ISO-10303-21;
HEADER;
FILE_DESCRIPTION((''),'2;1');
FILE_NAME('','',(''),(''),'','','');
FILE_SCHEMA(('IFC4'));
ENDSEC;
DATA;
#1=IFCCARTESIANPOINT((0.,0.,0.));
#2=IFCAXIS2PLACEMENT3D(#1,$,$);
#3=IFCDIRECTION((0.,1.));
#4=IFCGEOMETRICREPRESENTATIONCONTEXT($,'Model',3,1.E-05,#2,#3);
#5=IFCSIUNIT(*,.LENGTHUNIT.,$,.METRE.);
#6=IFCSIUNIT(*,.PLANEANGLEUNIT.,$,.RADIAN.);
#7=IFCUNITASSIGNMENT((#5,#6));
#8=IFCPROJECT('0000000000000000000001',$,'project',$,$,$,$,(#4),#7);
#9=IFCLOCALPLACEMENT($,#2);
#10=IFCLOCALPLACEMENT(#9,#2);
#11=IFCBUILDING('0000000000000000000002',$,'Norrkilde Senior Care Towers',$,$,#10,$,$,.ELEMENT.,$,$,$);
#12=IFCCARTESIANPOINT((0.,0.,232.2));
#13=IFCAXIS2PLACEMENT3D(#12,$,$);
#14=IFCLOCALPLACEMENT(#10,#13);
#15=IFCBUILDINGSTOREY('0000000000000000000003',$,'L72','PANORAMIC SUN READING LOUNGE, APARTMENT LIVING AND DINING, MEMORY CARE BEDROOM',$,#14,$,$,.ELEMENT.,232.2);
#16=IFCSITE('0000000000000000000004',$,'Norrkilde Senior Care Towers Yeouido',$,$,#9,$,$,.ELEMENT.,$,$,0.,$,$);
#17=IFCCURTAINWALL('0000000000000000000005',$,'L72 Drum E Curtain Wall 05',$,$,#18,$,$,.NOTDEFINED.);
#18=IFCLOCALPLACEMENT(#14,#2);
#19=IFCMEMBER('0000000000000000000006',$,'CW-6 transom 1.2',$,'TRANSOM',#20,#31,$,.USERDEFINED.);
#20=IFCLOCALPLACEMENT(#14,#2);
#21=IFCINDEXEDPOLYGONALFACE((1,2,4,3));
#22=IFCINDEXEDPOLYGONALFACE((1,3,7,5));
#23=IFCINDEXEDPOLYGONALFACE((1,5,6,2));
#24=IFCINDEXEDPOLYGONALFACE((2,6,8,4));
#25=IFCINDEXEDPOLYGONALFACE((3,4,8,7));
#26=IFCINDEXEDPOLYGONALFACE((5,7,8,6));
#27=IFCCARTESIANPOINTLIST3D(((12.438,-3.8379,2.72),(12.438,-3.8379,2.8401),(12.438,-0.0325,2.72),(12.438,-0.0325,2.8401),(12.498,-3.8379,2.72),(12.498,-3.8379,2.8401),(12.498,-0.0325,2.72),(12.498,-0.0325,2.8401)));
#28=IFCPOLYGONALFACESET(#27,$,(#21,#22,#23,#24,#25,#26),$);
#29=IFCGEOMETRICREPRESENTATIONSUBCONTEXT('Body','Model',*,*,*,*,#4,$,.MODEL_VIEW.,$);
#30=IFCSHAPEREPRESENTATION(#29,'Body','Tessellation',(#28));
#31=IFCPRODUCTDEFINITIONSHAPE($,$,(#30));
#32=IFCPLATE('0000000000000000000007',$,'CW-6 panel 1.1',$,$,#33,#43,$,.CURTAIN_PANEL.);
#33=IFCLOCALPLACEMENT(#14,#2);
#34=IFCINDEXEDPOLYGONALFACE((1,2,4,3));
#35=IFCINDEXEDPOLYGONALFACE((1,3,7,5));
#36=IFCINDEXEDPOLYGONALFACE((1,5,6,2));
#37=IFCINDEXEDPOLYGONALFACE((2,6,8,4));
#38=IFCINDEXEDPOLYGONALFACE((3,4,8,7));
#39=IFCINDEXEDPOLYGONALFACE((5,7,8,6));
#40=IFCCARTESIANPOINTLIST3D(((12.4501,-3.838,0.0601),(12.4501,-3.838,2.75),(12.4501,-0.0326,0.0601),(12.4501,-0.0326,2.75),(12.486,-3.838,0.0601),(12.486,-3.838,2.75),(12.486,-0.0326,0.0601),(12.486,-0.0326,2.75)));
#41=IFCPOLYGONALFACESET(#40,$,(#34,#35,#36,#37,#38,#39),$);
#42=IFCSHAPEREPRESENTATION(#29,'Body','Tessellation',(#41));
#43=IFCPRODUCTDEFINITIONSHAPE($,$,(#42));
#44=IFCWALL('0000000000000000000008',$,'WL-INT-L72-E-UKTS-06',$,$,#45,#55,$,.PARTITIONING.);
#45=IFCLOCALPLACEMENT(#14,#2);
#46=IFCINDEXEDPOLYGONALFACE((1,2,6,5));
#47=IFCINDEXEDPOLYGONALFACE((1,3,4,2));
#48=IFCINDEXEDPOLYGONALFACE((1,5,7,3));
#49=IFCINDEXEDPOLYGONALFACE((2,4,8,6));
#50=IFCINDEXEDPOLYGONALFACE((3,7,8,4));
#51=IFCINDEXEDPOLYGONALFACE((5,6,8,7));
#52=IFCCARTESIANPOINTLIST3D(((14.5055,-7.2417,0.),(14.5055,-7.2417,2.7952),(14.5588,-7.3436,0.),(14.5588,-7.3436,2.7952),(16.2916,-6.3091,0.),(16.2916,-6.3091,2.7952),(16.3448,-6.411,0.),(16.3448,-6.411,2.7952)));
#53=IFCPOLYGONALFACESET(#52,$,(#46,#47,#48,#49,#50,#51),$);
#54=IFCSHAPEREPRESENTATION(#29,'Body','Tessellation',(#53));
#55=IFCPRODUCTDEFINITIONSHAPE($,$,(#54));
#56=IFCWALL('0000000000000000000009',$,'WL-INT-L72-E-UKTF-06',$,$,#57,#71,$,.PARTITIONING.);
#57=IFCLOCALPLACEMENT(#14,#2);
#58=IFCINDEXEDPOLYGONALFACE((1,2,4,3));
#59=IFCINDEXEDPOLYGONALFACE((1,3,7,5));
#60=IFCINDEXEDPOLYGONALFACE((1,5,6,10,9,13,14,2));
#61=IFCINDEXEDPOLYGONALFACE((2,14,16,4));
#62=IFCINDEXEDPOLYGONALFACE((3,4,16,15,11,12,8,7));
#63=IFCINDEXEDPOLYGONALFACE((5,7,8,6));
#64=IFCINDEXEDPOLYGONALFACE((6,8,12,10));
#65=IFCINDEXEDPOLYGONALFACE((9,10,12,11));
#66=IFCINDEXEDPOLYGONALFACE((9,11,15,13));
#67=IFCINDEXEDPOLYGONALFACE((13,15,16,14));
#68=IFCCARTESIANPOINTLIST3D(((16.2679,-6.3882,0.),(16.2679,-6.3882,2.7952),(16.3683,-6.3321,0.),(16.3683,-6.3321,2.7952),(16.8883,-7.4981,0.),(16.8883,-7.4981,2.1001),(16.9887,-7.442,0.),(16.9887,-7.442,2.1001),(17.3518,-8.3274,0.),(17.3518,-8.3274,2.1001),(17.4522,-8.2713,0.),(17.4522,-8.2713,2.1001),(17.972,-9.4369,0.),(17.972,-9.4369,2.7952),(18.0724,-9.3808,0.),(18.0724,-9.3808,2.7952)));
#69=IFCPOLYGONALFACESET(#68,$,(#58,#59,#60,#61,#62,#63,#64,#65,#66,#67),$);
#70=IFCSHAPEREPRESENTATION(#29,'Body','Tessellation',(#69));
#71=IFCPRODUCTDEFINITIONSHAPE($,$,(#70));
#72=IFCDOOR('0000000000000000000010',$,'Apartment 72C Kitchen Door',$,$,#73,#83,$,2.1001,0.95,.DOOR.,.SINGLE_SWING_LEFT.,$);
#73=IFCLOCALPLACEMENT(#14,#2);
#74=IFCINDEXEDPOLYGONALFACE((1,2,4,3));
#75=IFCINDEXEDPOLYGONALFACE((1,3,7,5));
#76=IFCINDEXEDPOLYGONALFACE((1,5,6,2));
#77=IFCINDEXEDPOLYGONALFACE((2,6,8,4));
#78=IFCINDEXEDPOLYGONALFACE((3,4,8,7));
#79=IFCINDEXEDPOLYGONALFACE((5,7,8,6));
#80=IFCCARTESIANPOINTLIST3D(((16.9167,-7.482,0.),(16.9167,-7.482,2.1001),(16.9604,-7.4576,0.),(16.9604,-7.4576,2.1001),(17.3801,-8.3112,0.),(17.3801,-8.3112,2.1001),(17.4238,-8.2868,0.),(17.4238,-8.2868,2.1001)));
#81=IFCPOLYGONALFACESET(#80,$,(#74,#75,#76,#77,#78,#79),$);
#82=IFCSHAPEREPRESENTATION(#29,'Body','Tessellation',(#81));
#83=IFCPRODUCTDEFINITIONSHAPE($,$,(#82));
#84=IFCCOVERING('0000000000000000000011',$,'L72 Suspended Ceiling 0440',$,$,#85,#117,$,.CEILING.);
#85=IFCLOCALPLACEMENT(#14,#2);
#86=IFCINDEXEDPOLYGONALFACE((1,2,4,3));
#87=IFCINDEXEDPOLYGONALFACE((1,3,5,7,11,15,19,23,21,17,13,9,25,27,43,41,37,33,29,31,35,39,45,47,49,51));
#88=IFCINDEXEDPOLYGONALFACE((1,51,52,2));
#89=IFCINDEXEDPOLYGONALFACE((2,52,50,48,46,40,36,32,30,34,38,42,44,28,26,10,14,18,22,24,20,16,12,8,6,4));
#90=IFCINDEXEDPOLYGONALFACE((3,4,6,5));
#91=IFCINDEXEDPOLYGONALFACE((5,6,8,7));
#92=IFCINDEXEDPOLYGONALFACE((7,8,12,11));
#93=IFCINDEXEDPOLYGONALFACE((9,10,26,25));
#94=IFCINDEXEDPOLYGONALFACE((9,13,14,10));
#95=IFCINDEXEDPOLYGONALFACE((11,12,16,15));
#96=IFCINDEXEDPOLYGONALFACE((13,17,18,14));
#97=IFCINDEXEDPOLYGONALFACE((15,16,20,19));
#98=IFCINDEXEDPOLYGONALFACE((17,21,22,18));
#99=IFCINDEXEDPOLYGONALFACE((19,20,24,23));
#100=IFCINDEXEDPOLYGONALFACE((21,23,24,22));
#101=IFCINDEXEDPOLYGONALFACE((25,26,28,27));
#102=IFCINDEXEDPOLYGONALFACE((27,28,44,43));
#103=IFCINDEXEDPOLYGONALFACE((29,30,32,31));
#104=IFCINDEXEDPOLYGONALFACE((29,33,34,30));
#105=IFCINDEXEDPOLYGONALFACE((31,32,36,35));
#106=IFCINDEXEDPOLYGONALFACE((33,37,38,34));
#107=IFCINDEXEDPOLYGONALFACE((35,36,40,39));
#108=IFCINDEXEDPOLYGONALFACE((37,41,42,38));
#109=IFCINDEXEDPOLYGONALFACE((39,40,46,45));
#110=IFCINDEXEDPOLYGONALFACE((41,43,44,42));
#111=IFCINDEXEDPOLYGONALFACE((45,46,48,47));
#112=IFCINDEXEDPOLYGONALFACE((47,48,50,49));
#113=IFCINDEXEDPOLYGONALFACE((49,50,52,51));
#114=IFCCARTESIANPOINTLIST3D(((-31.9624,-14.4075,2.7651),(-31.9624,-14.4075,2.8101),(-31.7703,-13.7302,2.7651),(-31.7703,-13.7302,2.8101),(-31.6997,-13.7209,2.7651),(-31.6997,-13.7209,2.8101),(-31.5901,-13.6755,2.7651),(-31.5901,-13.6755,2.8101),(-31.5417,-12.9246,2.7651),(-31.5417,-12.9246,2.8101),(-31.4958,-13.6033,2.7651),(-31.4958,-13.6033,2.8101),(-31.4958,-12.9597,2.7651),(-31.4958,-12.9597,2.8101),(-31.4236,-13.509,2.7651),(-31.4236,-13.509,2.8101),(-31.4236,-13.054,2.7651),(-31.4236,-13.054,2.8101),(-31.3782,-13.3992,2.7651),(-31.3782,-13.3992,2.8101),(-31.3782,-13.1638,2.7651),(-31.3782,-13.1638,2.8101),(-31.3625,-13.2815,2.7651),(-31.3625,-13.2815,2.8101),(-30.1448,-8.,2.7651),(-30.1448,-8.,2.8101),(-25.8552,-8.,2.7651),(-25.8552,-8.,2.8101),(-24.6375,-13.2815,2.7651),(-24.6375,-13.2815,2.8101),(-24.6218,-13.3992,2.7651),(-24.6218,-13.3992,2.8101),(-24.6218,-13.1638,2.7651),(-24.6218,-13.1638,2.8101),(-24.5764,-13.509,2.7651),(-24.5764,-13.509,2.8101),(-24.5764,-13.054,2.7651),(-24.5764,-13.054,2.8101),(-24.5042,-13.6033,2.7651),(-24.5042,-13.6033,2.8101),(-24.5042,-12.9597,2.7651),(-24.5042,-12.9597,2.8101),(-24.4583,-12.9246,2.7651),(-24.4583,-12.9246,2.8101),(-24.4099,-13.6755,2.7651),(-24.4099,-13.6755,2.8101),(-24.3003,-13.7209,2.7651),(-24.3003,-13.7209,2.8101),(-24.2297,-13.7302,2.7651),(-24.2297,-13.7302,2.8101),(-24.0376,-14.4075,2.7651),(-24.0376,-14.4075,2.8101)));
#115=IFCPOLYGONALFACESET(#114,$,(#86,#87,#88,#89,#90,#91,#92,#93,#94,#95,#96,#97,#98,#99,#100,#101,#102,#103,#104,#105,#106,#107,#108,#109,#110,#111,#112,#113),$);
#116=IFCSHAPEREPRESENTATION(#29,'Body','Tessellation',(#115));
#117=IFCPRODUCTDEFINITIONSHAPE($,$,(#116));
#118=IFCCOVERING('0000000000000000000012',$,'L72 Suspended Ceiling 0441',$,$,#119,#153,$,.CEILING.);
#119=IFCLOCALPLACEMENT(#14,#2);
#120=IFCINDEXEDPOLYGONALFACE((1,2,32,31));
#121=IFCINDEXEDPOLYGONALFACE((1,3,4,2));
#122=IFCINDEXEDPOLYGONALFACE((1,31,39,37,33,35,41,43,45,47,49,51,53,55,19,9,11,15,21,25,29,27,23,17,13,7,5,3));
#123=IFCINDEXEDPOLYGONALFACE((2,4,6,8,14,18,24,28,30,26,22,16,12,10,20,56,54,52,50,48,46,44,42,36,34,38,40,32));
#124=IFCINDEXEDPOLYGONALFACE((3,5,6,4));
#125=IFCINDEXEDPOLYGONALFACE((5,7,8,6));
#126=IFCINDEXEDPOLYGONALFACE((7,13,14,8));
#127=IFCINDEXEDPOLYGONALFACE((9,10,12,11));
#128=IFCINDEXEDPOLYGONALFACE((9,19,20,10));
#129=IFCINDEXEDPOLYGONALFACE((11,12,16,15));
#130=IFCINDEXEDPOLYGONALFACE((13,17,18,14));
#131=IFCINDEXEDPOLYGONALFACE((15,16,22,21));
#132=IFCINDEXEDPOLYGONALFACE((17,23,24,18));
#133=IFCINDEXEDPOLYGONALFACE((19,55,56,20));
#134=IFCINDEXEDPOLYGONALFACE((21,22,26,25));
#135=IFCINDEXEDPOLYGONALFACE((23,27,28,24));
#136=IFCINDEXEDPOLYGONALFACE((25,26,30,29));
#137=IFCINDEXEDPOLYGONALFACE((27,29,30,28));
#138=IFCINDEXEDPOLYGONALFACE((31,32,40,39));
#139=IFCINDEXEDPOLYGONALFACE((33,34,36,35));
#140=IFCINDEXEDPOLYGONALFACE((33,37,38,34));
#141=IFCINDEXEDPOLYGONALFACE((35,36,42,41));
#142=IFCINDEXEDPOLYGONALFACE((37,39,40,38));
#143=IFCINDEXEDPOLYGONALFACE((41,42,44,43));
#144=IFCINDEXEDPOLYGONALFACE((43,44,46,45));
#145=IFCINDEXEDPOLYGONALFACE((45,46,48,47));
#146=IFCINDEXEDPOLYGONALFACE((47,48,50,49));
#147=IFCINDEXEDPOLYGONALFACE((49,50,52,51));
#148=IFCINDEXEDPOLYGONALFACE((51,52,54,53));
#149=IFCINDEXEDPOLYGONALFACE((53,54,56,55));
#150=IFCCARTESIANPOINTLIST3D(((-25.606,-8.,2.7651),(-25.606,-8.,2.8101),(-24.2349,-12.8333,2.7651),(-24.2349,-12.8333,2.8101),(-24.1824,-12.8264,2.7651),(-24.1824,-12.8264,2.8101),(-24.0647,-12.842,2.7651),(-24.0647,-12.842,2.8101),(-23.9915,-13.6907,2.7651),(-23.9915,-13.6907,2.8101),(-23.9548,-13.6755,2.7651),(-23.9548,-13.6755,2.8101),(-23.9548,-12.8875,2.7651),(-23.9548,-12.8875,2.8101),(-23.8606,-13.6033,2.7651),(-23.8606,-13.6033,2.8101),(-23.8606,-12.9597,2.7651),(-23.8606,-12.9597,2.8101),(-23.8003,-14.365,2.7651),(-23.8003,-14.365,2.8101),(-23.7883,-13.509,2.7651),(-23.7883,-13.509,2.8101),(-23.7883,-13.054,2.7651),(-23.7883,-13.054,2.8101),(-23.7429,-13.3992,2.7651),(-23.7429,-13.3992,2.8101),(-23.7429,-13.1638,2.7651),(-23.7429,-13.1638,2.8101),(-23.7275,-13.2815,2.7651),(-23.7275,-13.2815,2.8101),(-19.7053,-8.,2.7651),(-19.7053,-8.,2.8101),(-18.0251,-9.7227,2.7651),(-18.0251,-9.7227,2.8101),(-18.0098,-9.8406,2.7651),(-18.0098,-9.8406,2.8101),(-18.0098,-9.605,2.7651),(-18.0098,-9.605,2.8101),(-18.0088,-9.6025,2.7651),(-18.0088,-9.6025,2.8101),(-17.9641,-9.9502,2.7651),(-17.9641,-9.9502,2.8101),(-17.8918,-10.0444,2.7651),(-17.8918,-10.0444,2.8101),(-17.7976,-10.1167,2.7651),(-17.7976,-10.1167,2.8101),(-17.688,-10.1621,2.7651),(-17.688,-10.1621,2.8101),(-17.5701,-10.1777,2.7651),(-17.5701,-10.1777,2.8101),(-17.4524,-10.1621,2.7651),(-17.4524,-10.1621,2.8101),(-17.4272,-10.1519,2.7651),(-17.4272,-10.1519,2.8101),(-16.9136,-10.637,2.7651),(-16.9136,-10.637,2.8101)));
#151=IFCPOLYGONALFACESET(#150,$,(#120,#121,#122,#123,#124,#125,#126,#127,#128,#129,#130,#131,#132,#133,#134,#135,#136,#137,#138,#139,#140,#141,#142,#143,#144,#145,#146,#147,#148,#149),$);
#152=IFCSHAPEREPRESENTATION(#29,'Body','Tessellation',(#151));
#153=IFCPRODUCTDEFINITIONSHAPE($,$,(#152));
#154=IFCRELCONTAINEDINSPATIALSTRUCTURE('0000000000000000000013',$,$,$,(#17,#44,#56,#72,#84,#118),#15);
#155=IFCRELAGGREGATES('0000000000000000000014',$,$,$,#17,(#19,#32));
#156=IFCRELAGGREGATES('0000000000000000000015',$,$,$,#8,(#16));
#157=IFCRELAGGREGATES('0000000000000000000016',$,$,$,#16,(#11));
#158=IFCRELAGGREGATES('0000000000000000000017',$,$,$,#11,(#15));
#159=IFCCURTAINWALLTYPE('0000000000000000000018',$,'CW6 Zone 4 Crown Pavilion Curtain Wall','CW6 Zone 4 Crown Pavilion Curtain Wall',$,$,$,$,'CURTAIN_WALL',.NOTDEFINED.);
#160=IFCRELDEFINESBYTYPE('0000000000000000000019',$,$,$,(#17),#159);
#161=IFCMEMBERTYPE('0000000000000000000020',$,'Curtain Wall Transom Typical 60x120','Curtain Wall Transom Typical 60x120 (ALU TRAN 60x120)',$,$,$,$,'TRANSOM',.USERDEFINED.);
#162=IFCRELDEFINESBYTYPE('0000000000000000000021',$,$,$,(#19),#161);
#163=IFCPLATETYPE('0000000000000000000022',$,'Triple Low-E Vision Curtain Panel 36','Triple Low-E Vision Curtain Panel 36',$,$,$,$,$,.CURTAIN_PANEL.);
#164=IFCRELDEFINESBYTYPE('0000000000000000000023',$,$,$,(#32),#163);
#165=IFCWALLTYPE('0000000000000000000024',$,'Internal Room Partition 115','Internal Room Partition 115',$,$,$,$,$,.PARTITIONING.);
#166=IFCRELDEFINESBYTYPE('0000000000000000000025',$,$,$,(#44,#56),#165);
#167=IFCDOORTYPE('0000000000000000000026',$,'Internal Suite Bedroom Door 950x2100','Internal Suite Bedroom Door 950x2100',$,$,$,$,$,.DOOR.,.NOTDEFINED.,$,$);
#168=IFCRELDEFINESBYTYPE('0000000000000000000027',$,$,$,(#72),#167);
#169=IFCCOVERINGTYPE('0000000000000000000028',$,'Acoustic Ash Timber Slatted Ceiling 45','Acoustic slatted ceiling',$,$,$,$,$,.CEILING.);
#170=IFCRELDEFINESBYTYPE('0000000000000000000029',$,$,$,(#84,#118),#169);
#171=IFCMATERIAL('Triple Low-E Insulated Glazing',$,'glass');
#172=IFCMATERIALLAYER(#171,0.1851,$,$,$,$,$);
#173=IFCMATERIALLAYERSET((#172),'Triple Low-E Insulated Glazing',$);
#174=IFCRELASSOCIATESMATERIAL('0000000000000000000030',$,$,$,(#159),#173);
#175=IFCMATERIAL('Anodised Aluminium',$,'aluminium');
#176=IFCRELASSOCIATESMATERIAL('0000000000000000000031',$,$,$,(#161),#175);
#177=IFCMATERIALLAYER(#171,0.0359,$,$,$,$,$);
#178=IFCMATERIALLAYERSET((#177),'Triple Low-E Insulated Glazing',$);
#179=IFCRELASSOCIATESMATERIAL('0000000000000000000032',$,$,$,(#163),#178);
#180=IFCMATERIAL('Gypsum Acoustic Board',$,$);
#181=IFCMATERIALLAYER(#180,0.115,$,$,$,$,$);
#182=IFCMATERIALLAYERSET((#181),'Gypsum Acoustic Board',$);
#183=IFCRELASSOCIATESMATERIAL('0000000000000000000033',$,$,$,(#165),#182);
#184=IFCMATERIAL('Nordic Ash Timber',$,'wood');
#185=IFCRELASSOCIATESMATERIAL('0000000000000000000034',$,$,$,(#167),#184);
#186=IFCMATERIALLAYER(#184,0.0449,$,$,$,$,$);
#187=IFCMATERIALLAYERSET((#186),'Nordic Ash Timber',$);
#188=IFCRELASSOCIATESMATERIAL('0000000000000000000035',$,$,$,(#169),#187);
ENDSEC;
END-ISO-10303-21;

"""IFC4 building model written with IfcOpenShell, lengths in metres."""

from ifc_helpers import new_model, si_unit, direction, frame, frame_2d, origin, origin_2d, place, context, subcontext, project, spatial, polyline, rectangle, outline, extrude, source, transform, mapped, material, layer, layer_set, material_profile, profile_set, type_object, type_shapes, element, fill, aggregate, save


model = new_model("IFC4")

# Units and contexts
model_context = context("Model", 3, precision=1e-05, world=origin(), true_north=direction((0.0, 1.0)))
body_context = subcontext(model_context, "Body", "Model", "MODEL_VIEW")
ifc_project = project(units=[si_unit("LENGTHUNIT", "METRE"), si_unit("PLANEANGLEUNIT", "RADIAN")], contexts=[model_context])

# Site, building, storey
site_placement = place(None, origin())
site = spatial("IfcSite", under=ifc_project, at=site_placement, Name="Norrkilde Senior Care Towers Yeouido", CompositionType="ELEMENT", RefElevation=0.0)
building_placement = place(site_placement, origin())
building = spatial("IfcBuilding", under=site, at=building_placement, Name="Norrkilde Senior Care Towers", CompositionType="ELEMENT")
storey_placement = place(building_placement, frame((0.0, 0.0, 232.2)))
storey = spatial("IfcBuildingStorey", under=building, at=storey_placement, Name="L72", Description="PANORAMIC SUN READING LOUNGE, APARTMENT LIVING AND DINING, MEMORY CARE BEDROOM", CompositionType="ELEMENT", Elevation=232.2)

# Curtain wall, member, plate
ifc_material_1 = material(Name="Triple Low-E Insulated Glazing", Category="glass")
ifc_layer_1 = layer(ifc_material_1, 0.1851)
ifc_layer_set_1 = layer_set([ifc_layer_1], Name="Triple Low-E Insulated Glazing")
curtain_wall_type = type_object("IfcCurtainWallType", Name="CW6 Zone 4 Crown Pavilion Curtain Wall", Description="CW6 Zone 4 Crown Pavilion Curtain Wall", ElementType="CURTAIN_WALL", PredefinedType="NOTDEFINED", material=ifc_layer_set_1)
curtain_wall_placement = place(storey_placement, origin())
curtain_wall = element("IfcCurtainWall", 1, at=curtain_wall_placement, inside=storey, type_object=curtain_wall_type, Name="L72 Drum E Curtain Wall 05", PredefinedType="NOTDEFINED")
ifc_material_2 = material(Name="Anodised Aluminium", Category="aluminium")
ifc_material_profile_1 = material_profile(ifc_material_2, rectangle(XDim=0.0601, YDim=0.1201, at=origin_2d()), Name="ALU TRAN 60x120")
ifc_profile_set_1 = profile_set([ifc_material_profile_1], Name="Anodised Aluminium")
member_type_1 = type_object("IfcMemberType", Name="Curtain Wall Transom Typical 60x120", Description="Curtain Wall Transom Typical 60x120 (ALU TRAN 60x120)", ElementType="TRANSOM", PredefinedType="USERDEFINED", material=ifc_profile_set_1)
shared_shape_1 = source(origin(), body_context, "Body", "SweptSolid", [
    extrude(rectangle(XDim=0.0601, YDim=0.1201, at=origin_2d()), origin(), (0.0, 0.0, 1.0), 3.8054),
])
type_shapes(member_type_1, [shared_shape_1])
member_1_placement = place(storey_placement, frame((12.468, -3.8379, 2.78), z_axis=(0.0, 1.0, 0.0), x_axis=(-1.0, 0.0, 0.0)))
member_1 = element("IfcMember", 2, at=member_1_placement, type_object=member_type_1, Name="CW-6 transom 1.2", ObjectType="TRANSOM", PredefinedType="USERDEFINED", context=body_context, shape_type="MappedRepresentation", body=[
    mapped(shared_shape_1, transform((0.0, 0.0, 0.0), x_axis=(1.0, 0.0, 0.0), y_axis=(0.0, 1.0, 0.0), z_axis=(0.0, 0.0, 1.0), scale=1.0)),
])
ifc_layer_2 = layer(ifc_material_1, 0.0359)
ifc_layer_set_2 = layer_set([ifc_layer_2], Name="Triple Low-E Insulated Glazing")
plate_type = type_object("IfcPlateType", Name="Triple Low-E Vision Curtain Panel 36", Description="Triple Low-E Vision Curtain Panel 36", PredefinedType="CURTAIN_PANEL", material=ifc_layer_set_2)
shared_shape_2 = source(origin(), body_context, "Body", "SweptSolid", [
    extrude(rectangle(XDim=3.8054, YDim=0.0359, at=origin_2d()), origin(), (0.0, 0.0, 1.0), 2.6899),
])
type_shapes(plate_type, [shared_shape_2])
plate_placement = place(storey_placement, frame((12.468, -1.9353, 0.0601), z_axis=(0.0, 0.0, 1.0), x_axis=(0.0, 1.0, 0.0)))
plate = element("IfcPlate", 3, at=plate_placement, type_object=plate_type, Name="CW-6 panel 1.1", PredefinedType="CURTAIN_PANEL", context=body_context, shape_type="MappedRepresentation", body=[
    mapped(shared_shape_2, transform((0.0, 0.0, 0.0), x_axis=(1.0, 0.0, 0.0), y_axis=(0.0, 1.0, 0.0), z_axis=(0.0, 0.0, 1.0), scale=1.0)),
])
aggregate(curtain_wall, [member_1, plate])

# Wall
ifc_material_3 = material(Name="Gypsum Acoustic Board")
ifc_layer_3 = layer(ifc_material_3, 0.115)
ifc_layer_set_3 = layer_set([ifc_layer_3], Name="Gypsum Acoustic Board")
wall_type = type_object("IfcWallType", Name="Internal Room Partition 115", Description="Internal Room Partition 115", PredefinedType="PARTITIONING", material=ifc_layer_set_3)
shared_shape_3 = source(origin(), body_context, "Body", "SweptSolid", [
    extrude(rectangle(XDim=2.0149, YDim=0.115, at=frame_2d((1.0073, 0.0))), origin(), (0.0, 0.0, 1.0), 2.7952),
])
wall_1_placement = place(storey_placement, frame((16.3181, -6.3601, 0.0), z_axis=(0.0, 0.0, 1.0), x_axis=(-0.886438, -0.462848, 0.0)))
element("IfcWall", 4, at=wall_1_placement, inside=storey, type_object=wall_type, Name="WL-INT-L72-E-UKTS-06", PredefinedType="PARTITIONING", context=body_context, shape_type="MappedRepresentation", body=[
    mapped(shared_shape_3, transform((0.0, 0.0, 0.0), x_axis=(1.0, 0.0, 0.0), y_axis=(0.0, 1.0, 0.0), z_axis=(0.0, 0.0, 1.0), scale=1.0)),
])

# Wall, opening, door
shared_shape_4 = source(origin(), body_context, "Body", "SweptSolid", [
    extrude(rectangle(XDim=3.4927, YDim=0.115, at=frame_2d((1.7463, 0.0))), origin(), (0.0, 0.0, 1.0), 2.7952),
])
type_shapes(wall_type, [shared_shape_3, shared_shape_4])
wall_2_placement = place(storey_placement, frame((16.3181, -6.3601, 0.0), z_axis=(0.0, 0.0, 1.0), x_axis=(0.487897, -0.872901, 0.0)))
wall_2 = element("IfcWall", 5, at=wall_2_placement, inside=storey, type_object=wall_type, Name="WL-INT-L72-E-UKTF-06", PredefinedType="PARTITIONING", context=body_context, shape_type="MappedRepresentation", body=[
    mapped(shared_shape_4, transform((0.0, 0.0, 0.0), x_axis=(1.0, 0.0, 0.0), y_axis=(0.0, 1.0, 0.0), z_axis=(0.0, 0.0, 1.0), scale=1.0)),
])
opening_placement = place(wall_2_placement, frame((1.2715, 0.0, 0.0)))
opening = element("IfcOpeningElement", 6, at=opening_placement, cuts=wall_2, PredefinedType="OPENING", context=body_context, shape_type="SweptSolid", body=[
    extrude(rectangle(XDim=0.95, YDim=2.1001, at=frame_2d((0.4751, 1.05))), frame((0.0, 0.0674, 0.0), z_axis=(0.0, -1.0, 0.0), x_axis=(1.0, 0.0, 0.0)), (0.0, 0.0, 1.0), 0.135),
])
ifc_material_4 = material(Name="Nordic Ash Timber", Category="wood")
door_type = type_object("IfcDoorType", Name="Internal Suite Bedroom Door 950x2100", Description="Internal Suite Bedroom Door 950x2100", OperationType="NOTDEFINED", PredefinedType="DOOR", material=ifc_material_4)
shared_shape_5 = source(origin(), body_context, "Body", "SweptSolid", [
    extrude(rectangle(XDim=0.95, YDim=2.1001, at=frame_2d((0.4751, 1.05))), frame((0.0, 0.0249, 0.0), z_axis=(0.0, -1.0, 0.0), x_axis=(1.0, 0.0, 0.0)), (0.0, 0.0, 1.0), 0.05),
])
type_shapes(door_type, [shared_shape_5])
door_placement = place(opening_placement, frame((0.95, 0.0, 0.0), z_axis=(0.0, 0.0, 1.0), x_axis=(-1.0, 0.0, 0.0)))
door = element("IfcDoor", 7, at=door_placement, inside=storey, type_object=door_type, Name="Apartment 72C Kitchen Door", OperationType="SINGLE_SWING_LEFT", OverallHeight=2.1001, OverallWidth=0.95, PredefinedType="DOOR", context=body_context, shape_type="MappedRepresentation", body=[
    mapped(shared_shape_5, transform((0.0, 0.0, 0.0), x_axis=(1.0, 0.0, 0.0), y_axis=(0.0, 1.0, 0.0), z_axis=(0.0, 0.0, 1.0), scale=1.0)),
])
fill(opening, door)

# Coverings
ifc_layer_4 = layer(ifc_material_4, 0.0449)
ifc_layer_set_4 = layer_set([ifc_layer_4], Name="Nordic Ash Timber")
covering_type_1 = type_object("IfcCoveringType", Name="Acoustic Ash Timber Slatted Ceiling 45", Description="Acoustic slatted ceiling", PredefinedType="CEILING", material=ifc_layer_set_4)
covering_1_placement = place(storey_placement, frame((0.0, 0.0, 2.7651)))
element("IfcCovering", 8, at=covering_1_placement, inside=storey, type_object=covering_type_1, Name="L72 Suspended Ceiling 0440", PredefinedType="CEILING", context=body_context, shape_type="SweptSolid", body=[
    extrude(outline(polyline([(-31.9624, -14.4075), (-31.7703, -13.7302), (-31.6997, -13.7209), (-31.5901, -13.6755), (-31.4958, -13.6033), (-31.4236, -13.509), (-31.3782, -13.3992), (-31.3625, -13.2815), (-31.3782, -13.1638), (-31.4236, -13.054), (-31.4958, -12.9597), (-31.5417, -12.9246), (-30.1448, -8.0), (-25.8552, -8.0), (-24.4583, -12.9246), (-24.5042, -12.9597), (-24.5764, -13.054), (-24.6218, -13.1638), (-24.6375, -13.2815), (-24.6218, -13.3992), (-24.5764, -13.509), (-24.5042, -13.6033), (-24.4099, -13.6755), (-24.3003, -13.7209), (-24.2297, -13.7302), (-24.0376, -14.4075), (-31.9624, -14.4075)])), origin(), (0.0, 0.0, 1.0), 0.0449),
])
covering_2_placement = place(storey_placement, frame((0.0, 0.0, 2.7651)))
element("IfcCovering", 9, at=covering_2_placement, inside=storey, type_object=covering_type_1, Name="L72 Suspended Ceiling 0441", PredefinedType="CEILING", context=body_context, shape_type="SweptSolid", body=[
    extrude(outline(polyline([(-23.8003, -14.365), (-23.9915, -13.6907), (-23.9548, -13.6755), (-23.8606, -13.6033), (-23.7883, -13.509), (-23.7429, -13.3992), (-23.7275, -13.2815), (-23.7429, -13.1638), (-23.7883, -13.054), (-23.8606, -12.9597), (-23.9548, -12.8875), (-24.0647, -12.842), (-24.1824, -12.8264), (-24.2349, -12.8333), (-25.606, -8.0), (-19.7053, -8.0), (-18.0088, -9.6025), (-18.0098, -9.605), (-18.0251, -9.7227), (-18.0098, -9.8406), (-17.9641, -9.9502), (-17.8918, -10.0444), (-17.7976, -10.1167), (-17.688, -10.1621), (-17.5701, -10.1777), (-17.4524, -10.1621), (-17.4272, -10.1519), (-16.9136, -10.637), (-23.8003, -14.365)])), origin(), (0.0, 0.0, 1.0), 0.0449),
])

save(model, "model.ifc")
